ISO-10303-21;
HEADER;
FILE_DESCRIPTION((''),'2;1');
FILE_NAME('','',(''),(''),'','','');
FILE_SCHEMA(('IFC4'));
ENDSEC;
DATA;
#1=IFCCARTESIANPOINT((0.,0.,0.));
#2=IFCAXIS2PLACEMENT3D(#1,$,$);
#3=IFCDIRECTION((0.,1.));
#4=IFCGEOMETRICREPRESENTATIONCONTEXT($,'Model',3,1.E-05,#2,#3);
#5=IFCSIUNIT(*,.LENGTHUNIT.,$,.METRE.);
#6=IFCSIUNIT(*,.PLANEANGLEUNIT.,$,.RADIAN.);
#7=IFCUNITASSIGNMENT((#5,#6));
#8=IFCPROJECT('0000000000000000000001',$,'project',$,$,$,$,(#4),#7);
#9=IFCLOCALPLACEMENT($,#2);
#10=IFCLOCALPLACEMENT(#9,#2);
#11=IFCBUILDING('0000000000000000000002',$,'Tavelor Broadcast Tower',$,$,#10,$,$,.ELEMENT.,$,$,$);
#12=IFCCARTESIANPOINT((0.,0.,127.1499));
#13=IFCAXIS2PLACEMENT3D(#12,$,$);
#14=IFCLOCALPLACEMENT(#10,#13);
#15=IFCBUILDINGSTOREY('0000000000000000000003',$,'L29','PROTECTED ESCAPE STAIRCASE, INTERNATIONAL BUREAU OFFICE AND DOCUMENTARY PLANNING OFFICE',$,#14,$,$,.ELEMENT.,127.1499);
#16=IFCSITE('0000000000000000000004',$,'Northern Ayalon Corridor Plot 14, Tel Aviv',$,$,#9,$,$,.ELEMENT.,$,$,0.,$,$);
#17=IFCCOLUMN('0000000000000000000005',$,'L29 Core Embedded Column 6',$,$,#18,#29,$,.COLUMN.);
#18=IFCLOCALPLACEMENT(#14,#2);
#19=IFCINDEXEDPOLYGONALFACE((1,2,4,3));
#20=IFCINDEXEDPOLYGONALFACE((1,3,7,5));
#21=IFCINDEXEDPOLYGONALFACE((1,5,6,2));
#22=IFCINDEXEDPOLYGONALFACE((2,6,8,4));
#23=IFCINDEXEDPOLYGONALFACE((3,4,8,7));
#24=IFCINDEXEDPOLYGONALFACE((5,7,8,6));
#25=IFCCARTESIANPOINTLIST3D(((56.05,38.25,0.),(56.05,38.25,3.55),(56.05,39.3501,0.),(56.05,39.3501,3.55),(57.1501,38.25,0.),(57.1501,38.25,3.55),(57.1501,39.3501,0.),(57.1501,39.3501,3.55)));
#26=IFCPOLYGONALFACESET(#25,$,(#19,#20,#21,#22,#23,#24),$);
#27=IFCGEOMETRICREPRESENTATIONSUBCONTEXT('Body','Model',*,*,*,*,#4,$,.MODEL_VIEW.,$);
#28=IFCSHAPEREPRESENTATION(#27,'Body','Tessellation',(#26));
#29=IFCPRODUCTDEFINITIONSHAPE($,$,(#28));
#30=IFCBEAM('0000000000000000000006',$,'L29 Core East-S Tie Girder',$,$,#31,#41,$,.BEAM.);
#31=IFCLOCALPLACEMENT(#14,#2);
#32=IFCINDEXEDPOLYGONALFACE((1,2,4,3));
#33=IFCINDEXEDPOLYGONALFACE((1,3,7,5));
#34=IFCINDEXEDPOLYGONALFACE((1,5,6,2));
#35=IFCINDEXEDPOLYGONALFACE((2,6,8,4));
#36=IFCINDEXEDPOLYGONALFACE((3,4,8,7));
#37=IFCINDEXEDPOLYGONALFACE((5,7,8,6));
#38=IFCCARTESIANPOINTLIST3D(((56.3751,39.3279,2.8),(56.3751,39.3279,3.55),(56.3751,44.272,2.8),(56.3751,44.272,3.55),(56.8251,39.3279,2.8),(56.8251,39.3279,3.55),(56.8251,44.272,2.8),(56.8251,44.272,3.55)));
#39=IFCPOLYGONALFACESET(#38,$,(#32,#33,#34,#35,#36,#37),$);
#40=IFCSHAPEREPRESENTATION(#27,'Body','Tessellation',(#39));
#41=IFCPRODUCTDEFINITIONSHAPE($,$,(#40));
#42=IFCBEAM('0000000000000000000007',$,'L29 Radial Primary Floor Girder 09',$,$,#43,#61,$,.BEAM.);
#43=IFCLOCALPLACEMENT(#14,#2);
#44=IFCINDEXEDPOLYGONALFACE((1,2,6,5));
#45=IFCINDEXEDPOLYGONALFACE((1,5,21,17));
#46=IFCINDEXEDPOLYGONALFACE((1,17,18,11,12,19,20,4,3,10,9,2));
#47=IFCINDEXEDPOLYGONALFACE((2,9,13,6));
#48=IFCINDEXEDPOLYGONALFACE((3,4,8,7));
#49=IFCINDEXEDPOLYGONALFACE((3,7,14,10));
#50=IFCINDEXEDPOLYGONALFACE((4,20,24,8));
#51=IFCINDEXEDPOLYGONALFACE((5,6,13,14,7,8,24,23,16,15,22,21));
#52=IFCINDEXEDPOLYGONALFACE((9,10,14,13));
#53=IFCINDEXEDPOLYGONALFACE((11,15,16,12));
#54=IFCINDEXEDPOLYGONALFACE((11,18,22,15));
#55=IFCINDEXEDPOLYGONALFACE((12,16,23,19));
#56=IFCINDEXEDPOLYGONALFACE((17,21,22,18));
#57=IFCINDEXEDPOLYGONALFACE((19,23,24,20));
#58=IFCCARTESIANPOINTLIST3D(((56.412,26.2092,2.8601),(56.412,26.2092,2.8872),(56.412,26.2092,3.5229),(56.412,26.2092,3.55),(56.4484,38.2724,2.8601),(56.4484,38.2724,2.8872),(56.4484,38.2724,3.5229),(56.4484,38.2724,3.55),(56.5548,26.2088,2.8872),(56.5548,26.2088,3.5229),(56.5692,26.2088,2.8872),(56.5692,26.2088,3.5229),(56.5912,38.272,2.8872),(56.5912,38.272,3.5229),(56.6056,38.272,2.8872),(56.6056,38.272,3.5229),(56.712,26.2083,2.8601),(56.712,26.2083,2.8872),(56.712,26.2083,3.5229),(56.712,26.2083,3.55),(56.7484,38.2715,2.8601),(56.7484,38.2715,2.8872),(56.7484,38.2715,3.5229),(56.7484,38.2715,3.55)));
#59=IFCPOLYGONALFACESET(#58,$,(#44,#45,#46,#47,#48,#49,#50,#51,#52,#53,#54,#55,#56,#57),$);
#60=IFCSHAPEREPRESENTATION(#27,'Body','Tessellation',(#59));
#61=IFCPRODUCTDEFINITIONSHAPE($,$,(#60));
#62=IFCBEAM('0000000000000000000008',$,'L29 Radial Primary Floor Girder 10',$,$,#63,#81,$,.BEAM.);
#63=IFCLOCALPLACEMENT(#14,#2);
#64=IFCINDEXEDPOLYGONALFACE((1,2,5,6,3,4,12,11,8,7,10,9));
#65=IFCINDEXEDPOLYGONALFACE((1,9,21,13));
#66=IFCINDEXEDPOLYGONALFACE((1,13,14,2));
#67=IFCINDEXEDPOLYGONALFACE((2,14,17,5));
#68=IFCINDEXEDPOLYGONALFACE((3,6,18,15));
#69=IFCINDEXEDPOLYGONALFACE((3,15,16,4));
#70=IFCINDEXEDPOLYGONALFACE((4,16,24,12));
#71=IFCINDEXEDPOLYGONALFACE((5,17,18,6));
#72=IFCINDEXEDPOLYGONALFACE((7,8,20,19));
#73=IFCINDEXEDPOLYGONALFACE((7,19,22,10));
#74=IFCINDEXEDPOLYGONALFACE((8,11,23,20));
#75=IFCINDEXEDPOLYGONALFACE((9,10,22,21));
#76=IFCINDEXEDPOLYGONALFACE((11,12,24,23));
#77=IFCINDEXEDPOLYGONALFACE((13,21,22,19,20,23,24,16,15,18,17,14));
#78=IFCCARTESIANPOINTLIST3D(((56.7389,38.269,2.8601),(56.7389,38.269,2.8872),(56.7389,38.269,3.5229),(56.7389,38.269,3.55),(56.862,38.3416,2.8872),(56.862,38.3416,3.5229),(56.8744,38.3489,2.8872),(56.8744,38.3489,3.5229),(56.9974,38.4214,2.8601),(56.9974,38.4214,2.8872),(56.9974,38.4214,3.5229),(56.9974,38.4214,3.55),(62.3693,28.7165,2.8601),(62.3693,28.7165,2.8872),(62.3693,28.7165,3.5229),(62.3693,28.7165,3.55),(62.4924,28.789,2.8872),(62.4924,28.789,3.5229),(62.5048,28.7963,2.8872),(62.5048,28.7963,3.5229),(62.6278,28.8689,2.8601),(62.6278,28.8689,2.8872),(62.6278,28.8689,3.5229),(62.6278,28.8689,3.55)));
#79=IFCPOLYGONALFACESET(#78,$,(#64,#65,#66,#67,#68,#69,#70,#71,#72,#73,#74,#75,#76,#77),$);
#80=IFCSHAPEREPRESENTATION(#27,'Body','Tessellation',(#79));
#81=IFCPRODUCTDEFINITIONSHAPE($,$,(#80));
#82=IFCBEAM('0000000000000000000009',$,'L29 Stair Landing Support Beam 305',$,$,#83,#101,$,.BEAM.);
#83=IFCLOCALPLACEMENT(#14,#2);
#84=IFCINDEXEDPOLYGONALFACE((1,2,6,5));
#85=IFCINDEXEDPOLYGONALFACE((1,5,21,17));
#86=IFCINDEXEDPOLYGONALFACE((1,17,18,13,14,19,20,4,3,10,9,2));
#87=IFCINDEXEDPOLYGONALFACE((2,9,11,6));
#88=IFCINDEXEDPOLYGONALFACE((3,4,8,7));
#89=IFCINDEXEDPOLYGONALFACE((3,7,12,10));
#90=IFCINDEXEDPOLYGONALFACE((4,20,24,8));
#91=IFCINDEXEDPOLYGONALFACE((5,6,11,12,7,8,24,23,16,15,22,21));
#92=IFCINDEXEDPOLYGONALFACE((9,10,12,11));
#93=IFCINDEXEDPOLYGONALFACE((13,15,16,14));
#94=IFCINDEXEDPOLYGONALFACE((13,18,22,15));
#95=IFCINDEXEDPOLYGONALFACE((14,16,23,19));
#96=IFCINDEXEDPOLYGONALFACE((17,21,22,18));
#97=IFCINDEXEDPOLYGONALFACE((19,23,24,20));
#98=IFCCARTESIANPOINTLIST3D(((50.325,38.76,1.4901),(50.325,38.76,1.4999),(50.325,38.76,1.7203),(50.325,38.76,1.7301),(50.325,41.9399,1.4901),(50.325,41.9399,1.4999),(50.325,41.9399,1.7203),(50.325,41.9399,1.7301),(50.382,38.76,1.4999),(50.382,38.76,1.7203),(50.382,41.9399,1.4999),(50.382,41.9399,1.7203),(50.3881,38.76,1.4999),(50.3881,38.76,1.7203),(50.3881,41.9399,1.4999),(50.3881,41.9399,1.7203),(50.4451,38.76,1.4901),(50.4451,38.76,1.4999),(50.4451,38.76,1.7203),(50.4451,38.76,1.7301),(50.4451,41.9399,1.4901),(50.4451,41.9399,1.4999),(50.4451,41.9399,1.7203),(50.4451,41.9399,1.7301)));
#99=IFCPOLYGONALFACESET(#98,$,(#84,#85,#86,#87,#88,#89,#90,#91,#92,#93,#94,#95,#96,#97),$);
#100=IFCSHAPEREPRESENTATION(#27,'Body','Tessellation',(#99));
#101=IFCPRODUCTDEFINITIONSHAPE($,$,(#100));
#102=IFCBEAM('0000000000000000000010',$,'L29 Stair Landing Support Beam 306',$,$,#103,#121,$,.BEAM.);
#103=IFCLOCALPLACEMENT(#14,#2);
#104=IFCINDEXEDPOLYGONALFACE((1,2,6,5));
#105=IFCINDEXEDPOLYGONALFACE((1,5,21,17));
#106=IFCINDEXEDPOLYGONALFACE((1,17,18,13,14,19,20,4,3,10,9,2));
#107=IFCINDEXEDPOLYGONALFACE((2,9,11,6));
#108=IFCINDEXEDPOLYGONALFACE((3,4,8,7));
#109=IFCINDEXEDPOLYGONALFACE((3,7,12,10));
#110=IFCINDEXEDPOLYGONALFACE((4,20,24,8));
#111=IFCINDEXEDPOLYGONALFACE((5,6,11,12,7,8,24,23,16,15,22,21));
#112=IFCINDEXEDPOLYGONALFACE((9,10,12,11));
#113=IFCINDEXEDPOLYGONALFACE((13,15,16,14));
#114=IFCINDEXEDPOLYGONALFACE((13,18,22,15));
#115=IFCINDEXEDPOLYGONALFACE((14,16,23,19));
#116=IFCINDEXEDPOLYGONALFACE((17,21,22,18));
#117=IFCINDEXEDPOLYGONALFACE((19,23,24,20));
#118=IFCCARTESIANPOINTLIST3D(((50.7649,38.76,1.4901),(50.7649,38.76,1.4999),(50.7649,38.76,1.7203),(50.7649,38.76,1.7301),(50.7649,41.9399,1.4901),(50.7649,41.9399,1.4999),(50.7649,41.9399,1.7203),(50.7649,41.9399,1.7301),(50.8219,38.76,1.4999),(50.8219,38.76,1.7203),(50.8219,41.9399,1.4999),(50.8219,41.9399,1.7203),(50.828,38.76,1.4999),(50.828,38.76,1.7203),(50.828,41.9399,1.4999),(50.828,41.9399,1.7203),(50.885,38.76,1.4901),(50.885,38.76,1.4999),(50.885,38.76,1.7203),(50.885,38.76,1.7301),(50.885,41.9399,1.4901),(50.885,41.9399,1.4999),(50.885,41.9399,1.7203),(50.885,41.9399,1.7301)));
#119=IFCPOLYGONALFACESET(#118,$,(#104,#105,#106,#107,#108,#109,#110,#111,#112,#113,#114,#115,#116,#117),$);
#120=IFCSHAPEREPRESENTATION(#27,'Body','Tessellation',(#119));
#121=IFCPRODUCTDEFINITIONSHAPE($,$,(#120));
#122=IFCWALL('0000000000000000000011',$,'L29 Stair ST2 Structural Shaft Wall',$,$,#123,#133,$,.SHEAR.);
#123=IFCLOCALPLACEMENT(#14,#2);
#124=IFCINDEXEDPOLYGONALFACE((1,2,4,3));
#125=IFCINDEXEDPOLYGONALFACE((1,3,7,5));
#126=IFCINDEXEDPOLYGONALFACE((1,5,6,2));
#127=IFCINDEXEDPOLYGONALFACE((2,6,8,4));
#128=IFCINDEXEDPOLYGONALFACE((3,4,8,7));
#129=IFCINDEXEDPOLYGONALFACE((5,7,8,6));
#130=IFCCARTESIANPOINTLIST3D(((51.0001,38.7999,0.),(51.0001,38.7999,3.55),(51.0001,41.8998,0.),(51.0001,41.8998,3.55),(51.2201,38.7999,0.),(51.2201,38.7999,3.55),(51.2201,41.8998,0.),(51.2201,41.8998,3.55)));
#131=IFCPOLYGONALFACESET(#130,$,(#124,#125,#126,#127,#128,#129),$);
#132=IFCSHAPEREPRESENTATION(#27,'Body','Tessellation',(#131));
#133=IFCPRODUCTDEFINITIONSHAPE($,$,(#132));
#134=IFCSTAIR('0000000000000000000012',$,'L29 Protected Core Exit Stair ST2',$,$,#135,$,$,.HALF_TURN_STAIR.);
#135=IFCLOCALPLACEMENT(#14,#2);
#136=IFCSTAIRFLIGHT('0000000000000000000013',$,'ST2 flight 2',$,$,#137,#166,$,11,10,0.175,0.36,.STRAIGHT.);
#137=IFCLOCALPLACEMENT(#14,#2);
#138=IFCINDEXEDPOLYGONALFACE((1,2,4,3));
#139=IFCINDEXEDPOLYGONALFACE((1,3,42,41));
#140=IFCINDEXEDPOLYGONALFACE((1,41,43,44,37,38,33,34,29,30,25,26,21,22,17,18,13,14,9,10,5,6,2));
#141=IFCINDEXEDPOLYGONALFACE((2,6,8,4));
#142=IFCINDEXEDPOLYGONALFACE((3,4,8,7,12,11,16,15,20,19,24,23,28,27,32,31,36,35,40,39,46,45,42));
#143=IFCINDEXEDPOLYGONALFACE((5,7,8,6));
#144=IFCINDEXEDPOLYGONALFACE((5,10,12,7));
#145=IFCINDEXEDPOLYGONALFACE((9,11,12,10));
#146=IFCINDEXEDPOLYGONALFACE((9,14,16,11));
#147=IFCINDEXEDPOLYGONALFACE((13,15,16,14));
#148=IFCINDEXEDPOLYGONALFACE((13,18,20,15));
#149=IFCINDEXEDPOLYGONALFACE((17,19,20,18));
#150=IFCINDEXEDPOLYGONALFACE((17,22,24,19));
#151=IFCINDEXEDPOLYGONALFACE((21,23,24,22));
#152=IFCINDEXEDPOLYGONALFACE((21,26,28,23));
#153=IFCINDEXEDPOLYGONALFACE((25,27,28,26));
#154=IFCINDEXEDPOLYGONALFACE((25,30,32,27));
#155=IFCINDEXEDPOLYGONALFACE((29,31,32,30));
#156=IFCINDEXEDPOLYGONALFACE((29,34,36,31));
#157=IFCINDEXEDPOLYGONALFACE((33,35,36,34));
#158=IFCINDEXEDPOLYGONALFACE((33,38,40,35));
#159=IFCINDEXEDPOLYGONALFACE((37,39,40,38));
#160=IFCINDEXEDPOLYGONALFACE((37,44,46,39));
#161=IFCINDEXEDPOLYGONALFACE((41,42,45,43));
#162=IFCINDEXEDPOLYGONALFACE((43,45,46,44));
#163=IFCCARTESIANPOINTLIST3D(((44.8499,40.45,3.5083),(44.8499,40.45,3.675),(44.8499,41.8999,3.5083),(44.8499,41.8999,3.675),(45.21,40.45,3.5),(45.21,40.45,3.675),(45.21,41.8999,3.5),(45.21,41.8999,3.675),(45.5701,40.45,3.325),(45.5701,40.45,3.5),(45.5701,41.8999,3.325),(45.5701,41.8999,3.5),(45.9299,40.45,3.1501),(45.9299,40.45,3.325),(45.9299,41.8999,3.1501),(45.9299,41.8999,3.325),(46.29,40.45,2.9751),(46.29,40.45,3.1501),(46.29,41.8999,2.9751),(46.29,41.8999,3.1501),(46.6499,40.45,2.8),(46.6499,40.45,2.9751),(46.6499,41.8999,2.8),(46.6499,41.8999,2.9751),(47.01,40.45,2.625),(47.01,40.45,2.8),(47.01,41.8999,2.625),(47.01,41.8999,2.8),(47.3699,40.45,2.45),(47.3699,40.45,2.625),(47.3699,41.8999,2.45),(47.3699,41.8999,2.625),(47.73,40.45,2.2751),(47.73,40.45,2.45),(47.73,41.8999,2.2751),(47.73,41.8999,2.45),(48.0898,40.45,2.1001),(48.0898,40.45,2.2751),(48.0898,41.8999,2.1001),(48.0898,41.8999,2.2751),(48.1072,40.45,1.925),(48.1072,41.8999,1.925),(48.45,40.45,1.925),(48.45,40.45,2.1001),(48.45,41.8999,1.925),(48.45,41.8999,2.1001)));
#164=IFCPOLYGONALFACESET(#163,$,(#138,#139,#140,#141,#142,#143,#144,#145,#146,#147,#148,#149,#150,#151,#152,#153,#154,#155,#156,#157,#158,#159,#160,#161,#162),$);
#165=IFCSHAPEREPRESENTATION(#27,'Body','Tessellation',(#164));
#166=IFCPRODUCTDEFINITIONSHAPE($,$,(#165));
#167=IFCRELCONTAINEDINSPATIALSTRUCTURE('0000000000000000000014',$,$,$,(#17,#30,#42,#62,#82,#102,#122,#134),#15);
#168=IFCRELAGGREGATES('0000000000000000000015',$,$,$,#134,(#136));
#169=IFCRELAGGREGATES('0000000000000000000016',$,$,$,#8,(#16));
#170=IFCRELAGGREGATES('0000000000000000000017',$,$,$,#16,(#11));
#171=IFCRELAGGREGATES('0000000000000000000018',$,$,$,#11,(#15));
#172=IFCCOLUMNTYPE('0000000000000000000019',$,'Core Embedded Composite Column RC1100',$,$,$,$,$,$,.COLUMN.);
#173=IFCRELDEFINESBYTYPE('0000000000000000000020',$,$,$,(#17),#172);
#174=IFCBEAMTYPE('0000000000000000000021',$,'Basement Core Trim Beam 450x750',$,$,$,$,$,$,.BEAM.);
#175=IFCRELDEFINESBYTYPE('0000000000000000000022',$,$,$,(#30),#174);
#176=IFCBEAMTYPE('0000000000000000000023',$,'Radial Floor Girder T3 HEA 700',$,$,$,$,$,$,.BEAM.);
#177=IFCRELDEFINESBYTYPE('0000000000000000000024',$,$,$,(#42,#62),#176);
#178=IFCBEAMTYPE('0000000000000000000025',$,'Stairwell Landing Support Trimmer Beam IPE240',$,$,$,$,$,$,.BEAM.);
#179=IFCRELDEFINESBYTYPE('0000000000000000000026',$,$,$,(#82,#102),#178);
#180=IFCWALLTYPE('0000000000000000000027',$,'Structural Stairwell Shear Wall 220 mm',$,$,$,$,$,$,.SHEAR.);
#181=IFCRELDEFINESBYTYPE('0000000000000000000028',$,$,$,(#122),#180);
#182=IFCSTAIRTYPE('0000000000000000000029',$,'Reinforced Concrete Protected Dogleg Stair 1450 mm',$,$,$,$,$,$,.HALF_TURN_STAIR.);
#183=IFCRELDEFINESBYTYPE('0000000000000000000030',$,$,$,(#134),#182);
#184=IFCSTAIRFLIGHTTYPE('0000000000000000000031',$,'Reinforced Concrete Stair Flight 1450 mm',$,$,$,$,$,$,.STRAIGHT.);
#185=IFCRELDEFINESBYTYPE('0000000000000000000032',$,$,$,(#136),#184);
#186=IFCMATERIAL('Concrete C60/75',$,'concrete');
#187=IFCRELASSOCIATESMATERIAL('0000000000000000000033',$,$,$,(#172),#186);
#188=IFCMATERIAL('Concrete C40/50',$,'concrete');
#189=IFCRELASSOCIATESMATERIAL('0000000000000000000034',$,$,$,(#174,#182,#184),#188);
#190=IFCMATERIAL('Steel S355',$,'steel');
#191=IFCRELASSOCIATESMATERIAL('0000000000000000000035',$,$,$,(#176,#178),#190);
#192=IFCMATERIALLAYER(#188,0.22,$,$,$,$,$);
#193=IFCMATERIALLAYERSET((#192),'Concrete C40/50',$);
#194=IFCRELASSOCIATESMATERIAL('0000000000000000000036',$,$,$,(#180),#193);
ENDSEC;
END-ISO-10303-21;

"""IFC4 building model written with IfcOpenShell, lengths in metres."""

from ifc_helpers import new_model, si_unit, direction, frame, frame_2d, origin, origin_2d, place, context, subcontext, project, spatial, polyline, rectangle, i_section, outline, extrude, material, layer, layer_set, material_profile, profile_set, type_object, element, aggregate, save


model = new_model("IFC4")

# Units and contexts
model_context = context("Model", 3, precision=1e-05, world=origin(), true_north=direction((0.0, 1.0)))
body_context = subcontext(model_context, "Body", "Model", "MODEL_VIEW")
ifc_project = project(units=[si_unit("LENGTHUNIT", "METRE"), si_unit("PLANEANGLEUNIT", "RADIAN")], contexts=[model_context])

# Site, building, storey
site_placement = place(None, origin())
site = spatial("IfcSite", under=ifc_project, at=site_placement, Name="Northern Ayalon Corridor Plot 14, Tel Aviv", CompositionType="ELEMENT", RefElevation=0.0)
building_placement = place(site_placement, origin())
building = spatial("IfcBuilding", under=site, at=building_placement, Name="Tavelor Broadcast Tower", CompositionType="ELEMENT")
storey_placement = place(building_placement, frame((0.0, 0.0, 127.1499)))
storey = spatial("IfcBuildingStorey", under=building, at=storey_placement, Name="L29", Description="PROTECTED ESCAPE STAIRCASE, INTERNATIONAL BUREAU OFFICE AND DOCUMENTARY PLANNING OFFICE", CompositionType="ELEMENT", Elevation=127.1499)

# Column
ifc_material_1 = material(Name="Concrete C60/75", Category="concrete")
ifc_material_profile_1 = material_profile(ifc_material_1, rectangle(XDim=1.1001, YDim=1.1001, at=origin_2d()), Name="RC 1100x1100")
ifc_profile_set_1 = profile_set([ifc_material_profile_1], Name="Concrete C60/75")
column_type = type_object("IfcColumnType", Name="Core Embedded Composite Column RC1100", PredefinedType="COLUMN", material=ifc_profile_set_1)
column_placement = place(storey_placement, frame((56.6001, 38.8, 0.0), z_axis=(0.0, 0.0, 1.0), x_axis=(1.0, 0.0, 0.0)))
element("IfcColumn", 1, at=column_placement, inside=storey, type_object=column_type, Name="L29 Core Embedded Column 6", PredefinedType="COLUMN", context=body_context, shape_type="SweptSolid", body=[
    extrude(rectangle(XDim=1.1001, YDim=1.1001, at=origin_2d()), origin(), (0.0, 0.0, 1.0), 3.55),
])

# Beams
ifc_material_2 = material(Name="Concrete C40/50", Category="concrete")
ifc_material_profile_2 = material_profile(ifc_material_2, rectangle(XDim=0.45, YDim=0.75, at=origin_2d()), Name="RC 450x750")
ifc_profile_set_2 = profile_set([ifc_material_profile_2], Name="Concrete C40/50")
beam_type_1 = type_object("IfcBeamType", Name="Basement Core Trim Beam 450x750", PredefinedType="BEAM", material=ifc_profile_set_2)
beam_1_placement = place(storey_placement, frame((56.6001, 39.3279, 3.175), z_axis=(0.0, 1.0, 0.0), x_axis=(-1.0, 0.0, 0.0)))
element("IfcBeam", 2, at=beam_1_placement, inside=storey, type_object=beam_type_1, Name="L29 Core East-S Tie Girder", PredefinedType="BEAM", context=body_context, shape_type="SweptSolid", body=[
    extrude(rectangle(XDim=0.45, YDim=0.75, at=origin_2d()), origin(), (0.0, 0.0, 1.0), 4.9441),
])
ifc_material_3 = material(Name="Steel S355", Category="steel")
ifc_material_profile_3 = material_profile(ifc_material_3, i_section(OverallWidth=0.3, OverallDepth=0.6899, WebThickness=0.0144, FlangeThickness=0.0271, at=origin_2d()), Name="HEA 700")
ifc_profile_set_3 = profile_set([ifc_material_profile_3], Name="Steel S355")
beam_type_2 = type_object("IfcBeamType", Name="Radial Floor Girder T3 HEA 700", PredefinedType="BEAM", material=ifc_profile_set_3)
beam_2_placement = place(storey_placement, frame((56.5984, 38.272, 3.2051), z_axis=(-0.003016, -0.999995, 0.0), x_axis=(0.999995, -0.003016, 0.0)))
element("IfcBeam", 3, at=beam_2_placement, inside=storey, type_object=beam_type_2, Name="L29 Radial Primary Floor Girder 09", PredefinedType="BEAM", context=body_context, shape_type="SweptSolid", body=[
    extrude(i_section(OverallWidth=0.3, OverallDepth=0.6899, WebThickness=0.0144, FlangeThickness=0.0271, at=origin_2d()), origin(), (0.0, 0.0, 1.0), 12.0632),
])
beam_3_placement = place(storey_placement, frame((56.8682, 38.3452, 3.2051), z_axis=(0.507774, -0.86149, 0.0), x_axis=(0.86149, 0.507774, 0.0)))
element("IfcBeam", 4, at=beam_3_placement, inside=storey, type_object=beam_type_2, Name="L29 Radial Primary Floor Girder 10", PredefinedType="BEAM", context=body_context, shape_type="SweptSolid", body=[
    extrude(i_section(OverallWidth=0.3, OverallDepth=0.6899, WebThickness=0.0144, FlangeThickness=0.0271, at=origin_2d()), origin(), (0.0, 0.0, 1.0), 11.0884),
])
ifc_material_profile_4 = material_profile(ifc_material_3, i_section(OverallWidth=0.1201, OverallDepth=0.24, WebThickness=0.0061, FlangeThickness=0.0098, at=origin_2d()), Name="IPE 240")
ifc_profile_set_4 = profile_set([ifc_material_profile_4], Name="Steel S355")
beam_type_3 = type_object("IfcBeamType", Name="Stairwell Landing Support Trimmer Beam IPE240", PredefinedType="BEAM", material=ifc_profile_set_4)
for number, where, z_axis, x_axis, name in (
    (5, (50.385, 38.76, 1.6101), (0.0, 1.0, 0.0), (-1.0, 0.0, 0.0), "L29 Stair Landing Support Beam 305"),
    (6, (50.825, 38.76, 1.6101), (0.0, 1.0, 0.0), (-1.0, 0.0, 0.0), "L29 Stair Landing Support Beam 306"),
):
    element("IfcBeam", number, at=place(storey_placement, frame(where, z_axis=z_axis, x_axis=x_axis)), inside=storey, type_object=beam_type_3, Name=name, PredefinedType="BEAM", context=body_context, shape_type="SweptSolid", body=[
        extrude(i_section(OverallWidth=0.1201, OverallDepth=0.24, WebThickness=0.0061, FlangeThickness=0.0098, at=origin_2d()), origin(), (0.0, 0.0, 1.0), 3.1799),
    ])

# Wall
ifc_layer_1 = layer(ifc_material_2, 0.22)
ifc_layer_set_1 = layer_set([ifc_layer_1], Name="Concrete C40/50")
wall_type_1 = type_object("IfcWallType", Name="Structural Stairwell Shear Wall 220 mm", PredefinedType="SHEAR", material=ifc_layer_set_1)
wall_1_placement = place(storey_placement, frame((51.1101, 38.8, 0.0), z_axis=(0.0, 0.0, 1.0), x_axis=(0.0, 1.0, 0.0)))
element("IfcWall", 7, at=wall_1_placement, inside=storey, type_object=wall_type_1, Name="L29 Stair ST2 Structural Shaft Wall", PredefinedType="SHEAR", context=body_context, shape_type="SweptSolid", body=[
    extrude(rectangle(XDim=3.0999, YDim=0.22, at=frame_2d((1.5498, 0.0))), origin(), (0.0, 0.0, 1.0), 3.55),
])

# Stair, stair flight
stair_type = type_object("IfcStairType", Name="Reinforced Concrete Protected Dogleg Stair 1450 mm", PredefinedType="HALF_TURN_STAIR", material=ifc_material_2)
stair_placement = place(storey_placement, origin())
stair = element("IfcStair", 8, at=stair_placement, inside=storey, type_object=stair_type, Name="L29 Protected Core Exit Stair ST2", PredefinedType="HALF_TURN_STAIR")
stair_flight_type = type_object("IfcStairFlightType", Name="Reinforced Concrete Stair Flight 1450 mm", PredefinedType="STRAIGHT", material=ifc_material_2)
stair_flight_placement = place(storey_placement, frame((48.45, 41.175, 1.925), z_axis=(0.0, 0.0, 1.0), x_axis=(-1.0, 0.0, 0.0)))
stair_flight = element("IfcStairFlight", 9, at=stair_flight_placement, type_object=stair_flight_type, Name="ST2 flight 2", NumberOfRisers=11, NumberOfTreads=10, PredefinedType="STRAIGHT", RiserHeight=0.175, TreadLength=0.36, context=body_context, shape_type="SweptSolid", body=[
    extrude(outline(polyline([(0.0, 0.0), (0.0, 0.175), (0.3601, 0.175), (0.3601, 0.3501), (0.72, 0.3501), (0.72, 0.5249), (1.0801, 0.5249), (1.0801, 0.7), (1.4399, 0.7), (1.4399, 0.875), (1.8, 0.875), (1.8, 1.05), (2.1599, 1.05), (2.1599, 1.2251), (2.52, 1.2251), (2.52, 1.3999), (2.8799, 1.3999), (2.8799, 1.575), (3.24, 1.575), (3.24, 1.75), (3.6001, 1.75), (3.6001, 1.925), (3.6001, 1.5833), (0.3428, 0.0), (0.0, 0.0)])), frame((0.0, 0.7251, 0.0), z_axis=(0.0, -1.0, 0.0), x_axis=(1.0, 0.0, 0.0)), (0.0, 0.0, 1.0), 1.45),
])
aggregate(stair, [stair_flight])

save(model, "model.ifc")
